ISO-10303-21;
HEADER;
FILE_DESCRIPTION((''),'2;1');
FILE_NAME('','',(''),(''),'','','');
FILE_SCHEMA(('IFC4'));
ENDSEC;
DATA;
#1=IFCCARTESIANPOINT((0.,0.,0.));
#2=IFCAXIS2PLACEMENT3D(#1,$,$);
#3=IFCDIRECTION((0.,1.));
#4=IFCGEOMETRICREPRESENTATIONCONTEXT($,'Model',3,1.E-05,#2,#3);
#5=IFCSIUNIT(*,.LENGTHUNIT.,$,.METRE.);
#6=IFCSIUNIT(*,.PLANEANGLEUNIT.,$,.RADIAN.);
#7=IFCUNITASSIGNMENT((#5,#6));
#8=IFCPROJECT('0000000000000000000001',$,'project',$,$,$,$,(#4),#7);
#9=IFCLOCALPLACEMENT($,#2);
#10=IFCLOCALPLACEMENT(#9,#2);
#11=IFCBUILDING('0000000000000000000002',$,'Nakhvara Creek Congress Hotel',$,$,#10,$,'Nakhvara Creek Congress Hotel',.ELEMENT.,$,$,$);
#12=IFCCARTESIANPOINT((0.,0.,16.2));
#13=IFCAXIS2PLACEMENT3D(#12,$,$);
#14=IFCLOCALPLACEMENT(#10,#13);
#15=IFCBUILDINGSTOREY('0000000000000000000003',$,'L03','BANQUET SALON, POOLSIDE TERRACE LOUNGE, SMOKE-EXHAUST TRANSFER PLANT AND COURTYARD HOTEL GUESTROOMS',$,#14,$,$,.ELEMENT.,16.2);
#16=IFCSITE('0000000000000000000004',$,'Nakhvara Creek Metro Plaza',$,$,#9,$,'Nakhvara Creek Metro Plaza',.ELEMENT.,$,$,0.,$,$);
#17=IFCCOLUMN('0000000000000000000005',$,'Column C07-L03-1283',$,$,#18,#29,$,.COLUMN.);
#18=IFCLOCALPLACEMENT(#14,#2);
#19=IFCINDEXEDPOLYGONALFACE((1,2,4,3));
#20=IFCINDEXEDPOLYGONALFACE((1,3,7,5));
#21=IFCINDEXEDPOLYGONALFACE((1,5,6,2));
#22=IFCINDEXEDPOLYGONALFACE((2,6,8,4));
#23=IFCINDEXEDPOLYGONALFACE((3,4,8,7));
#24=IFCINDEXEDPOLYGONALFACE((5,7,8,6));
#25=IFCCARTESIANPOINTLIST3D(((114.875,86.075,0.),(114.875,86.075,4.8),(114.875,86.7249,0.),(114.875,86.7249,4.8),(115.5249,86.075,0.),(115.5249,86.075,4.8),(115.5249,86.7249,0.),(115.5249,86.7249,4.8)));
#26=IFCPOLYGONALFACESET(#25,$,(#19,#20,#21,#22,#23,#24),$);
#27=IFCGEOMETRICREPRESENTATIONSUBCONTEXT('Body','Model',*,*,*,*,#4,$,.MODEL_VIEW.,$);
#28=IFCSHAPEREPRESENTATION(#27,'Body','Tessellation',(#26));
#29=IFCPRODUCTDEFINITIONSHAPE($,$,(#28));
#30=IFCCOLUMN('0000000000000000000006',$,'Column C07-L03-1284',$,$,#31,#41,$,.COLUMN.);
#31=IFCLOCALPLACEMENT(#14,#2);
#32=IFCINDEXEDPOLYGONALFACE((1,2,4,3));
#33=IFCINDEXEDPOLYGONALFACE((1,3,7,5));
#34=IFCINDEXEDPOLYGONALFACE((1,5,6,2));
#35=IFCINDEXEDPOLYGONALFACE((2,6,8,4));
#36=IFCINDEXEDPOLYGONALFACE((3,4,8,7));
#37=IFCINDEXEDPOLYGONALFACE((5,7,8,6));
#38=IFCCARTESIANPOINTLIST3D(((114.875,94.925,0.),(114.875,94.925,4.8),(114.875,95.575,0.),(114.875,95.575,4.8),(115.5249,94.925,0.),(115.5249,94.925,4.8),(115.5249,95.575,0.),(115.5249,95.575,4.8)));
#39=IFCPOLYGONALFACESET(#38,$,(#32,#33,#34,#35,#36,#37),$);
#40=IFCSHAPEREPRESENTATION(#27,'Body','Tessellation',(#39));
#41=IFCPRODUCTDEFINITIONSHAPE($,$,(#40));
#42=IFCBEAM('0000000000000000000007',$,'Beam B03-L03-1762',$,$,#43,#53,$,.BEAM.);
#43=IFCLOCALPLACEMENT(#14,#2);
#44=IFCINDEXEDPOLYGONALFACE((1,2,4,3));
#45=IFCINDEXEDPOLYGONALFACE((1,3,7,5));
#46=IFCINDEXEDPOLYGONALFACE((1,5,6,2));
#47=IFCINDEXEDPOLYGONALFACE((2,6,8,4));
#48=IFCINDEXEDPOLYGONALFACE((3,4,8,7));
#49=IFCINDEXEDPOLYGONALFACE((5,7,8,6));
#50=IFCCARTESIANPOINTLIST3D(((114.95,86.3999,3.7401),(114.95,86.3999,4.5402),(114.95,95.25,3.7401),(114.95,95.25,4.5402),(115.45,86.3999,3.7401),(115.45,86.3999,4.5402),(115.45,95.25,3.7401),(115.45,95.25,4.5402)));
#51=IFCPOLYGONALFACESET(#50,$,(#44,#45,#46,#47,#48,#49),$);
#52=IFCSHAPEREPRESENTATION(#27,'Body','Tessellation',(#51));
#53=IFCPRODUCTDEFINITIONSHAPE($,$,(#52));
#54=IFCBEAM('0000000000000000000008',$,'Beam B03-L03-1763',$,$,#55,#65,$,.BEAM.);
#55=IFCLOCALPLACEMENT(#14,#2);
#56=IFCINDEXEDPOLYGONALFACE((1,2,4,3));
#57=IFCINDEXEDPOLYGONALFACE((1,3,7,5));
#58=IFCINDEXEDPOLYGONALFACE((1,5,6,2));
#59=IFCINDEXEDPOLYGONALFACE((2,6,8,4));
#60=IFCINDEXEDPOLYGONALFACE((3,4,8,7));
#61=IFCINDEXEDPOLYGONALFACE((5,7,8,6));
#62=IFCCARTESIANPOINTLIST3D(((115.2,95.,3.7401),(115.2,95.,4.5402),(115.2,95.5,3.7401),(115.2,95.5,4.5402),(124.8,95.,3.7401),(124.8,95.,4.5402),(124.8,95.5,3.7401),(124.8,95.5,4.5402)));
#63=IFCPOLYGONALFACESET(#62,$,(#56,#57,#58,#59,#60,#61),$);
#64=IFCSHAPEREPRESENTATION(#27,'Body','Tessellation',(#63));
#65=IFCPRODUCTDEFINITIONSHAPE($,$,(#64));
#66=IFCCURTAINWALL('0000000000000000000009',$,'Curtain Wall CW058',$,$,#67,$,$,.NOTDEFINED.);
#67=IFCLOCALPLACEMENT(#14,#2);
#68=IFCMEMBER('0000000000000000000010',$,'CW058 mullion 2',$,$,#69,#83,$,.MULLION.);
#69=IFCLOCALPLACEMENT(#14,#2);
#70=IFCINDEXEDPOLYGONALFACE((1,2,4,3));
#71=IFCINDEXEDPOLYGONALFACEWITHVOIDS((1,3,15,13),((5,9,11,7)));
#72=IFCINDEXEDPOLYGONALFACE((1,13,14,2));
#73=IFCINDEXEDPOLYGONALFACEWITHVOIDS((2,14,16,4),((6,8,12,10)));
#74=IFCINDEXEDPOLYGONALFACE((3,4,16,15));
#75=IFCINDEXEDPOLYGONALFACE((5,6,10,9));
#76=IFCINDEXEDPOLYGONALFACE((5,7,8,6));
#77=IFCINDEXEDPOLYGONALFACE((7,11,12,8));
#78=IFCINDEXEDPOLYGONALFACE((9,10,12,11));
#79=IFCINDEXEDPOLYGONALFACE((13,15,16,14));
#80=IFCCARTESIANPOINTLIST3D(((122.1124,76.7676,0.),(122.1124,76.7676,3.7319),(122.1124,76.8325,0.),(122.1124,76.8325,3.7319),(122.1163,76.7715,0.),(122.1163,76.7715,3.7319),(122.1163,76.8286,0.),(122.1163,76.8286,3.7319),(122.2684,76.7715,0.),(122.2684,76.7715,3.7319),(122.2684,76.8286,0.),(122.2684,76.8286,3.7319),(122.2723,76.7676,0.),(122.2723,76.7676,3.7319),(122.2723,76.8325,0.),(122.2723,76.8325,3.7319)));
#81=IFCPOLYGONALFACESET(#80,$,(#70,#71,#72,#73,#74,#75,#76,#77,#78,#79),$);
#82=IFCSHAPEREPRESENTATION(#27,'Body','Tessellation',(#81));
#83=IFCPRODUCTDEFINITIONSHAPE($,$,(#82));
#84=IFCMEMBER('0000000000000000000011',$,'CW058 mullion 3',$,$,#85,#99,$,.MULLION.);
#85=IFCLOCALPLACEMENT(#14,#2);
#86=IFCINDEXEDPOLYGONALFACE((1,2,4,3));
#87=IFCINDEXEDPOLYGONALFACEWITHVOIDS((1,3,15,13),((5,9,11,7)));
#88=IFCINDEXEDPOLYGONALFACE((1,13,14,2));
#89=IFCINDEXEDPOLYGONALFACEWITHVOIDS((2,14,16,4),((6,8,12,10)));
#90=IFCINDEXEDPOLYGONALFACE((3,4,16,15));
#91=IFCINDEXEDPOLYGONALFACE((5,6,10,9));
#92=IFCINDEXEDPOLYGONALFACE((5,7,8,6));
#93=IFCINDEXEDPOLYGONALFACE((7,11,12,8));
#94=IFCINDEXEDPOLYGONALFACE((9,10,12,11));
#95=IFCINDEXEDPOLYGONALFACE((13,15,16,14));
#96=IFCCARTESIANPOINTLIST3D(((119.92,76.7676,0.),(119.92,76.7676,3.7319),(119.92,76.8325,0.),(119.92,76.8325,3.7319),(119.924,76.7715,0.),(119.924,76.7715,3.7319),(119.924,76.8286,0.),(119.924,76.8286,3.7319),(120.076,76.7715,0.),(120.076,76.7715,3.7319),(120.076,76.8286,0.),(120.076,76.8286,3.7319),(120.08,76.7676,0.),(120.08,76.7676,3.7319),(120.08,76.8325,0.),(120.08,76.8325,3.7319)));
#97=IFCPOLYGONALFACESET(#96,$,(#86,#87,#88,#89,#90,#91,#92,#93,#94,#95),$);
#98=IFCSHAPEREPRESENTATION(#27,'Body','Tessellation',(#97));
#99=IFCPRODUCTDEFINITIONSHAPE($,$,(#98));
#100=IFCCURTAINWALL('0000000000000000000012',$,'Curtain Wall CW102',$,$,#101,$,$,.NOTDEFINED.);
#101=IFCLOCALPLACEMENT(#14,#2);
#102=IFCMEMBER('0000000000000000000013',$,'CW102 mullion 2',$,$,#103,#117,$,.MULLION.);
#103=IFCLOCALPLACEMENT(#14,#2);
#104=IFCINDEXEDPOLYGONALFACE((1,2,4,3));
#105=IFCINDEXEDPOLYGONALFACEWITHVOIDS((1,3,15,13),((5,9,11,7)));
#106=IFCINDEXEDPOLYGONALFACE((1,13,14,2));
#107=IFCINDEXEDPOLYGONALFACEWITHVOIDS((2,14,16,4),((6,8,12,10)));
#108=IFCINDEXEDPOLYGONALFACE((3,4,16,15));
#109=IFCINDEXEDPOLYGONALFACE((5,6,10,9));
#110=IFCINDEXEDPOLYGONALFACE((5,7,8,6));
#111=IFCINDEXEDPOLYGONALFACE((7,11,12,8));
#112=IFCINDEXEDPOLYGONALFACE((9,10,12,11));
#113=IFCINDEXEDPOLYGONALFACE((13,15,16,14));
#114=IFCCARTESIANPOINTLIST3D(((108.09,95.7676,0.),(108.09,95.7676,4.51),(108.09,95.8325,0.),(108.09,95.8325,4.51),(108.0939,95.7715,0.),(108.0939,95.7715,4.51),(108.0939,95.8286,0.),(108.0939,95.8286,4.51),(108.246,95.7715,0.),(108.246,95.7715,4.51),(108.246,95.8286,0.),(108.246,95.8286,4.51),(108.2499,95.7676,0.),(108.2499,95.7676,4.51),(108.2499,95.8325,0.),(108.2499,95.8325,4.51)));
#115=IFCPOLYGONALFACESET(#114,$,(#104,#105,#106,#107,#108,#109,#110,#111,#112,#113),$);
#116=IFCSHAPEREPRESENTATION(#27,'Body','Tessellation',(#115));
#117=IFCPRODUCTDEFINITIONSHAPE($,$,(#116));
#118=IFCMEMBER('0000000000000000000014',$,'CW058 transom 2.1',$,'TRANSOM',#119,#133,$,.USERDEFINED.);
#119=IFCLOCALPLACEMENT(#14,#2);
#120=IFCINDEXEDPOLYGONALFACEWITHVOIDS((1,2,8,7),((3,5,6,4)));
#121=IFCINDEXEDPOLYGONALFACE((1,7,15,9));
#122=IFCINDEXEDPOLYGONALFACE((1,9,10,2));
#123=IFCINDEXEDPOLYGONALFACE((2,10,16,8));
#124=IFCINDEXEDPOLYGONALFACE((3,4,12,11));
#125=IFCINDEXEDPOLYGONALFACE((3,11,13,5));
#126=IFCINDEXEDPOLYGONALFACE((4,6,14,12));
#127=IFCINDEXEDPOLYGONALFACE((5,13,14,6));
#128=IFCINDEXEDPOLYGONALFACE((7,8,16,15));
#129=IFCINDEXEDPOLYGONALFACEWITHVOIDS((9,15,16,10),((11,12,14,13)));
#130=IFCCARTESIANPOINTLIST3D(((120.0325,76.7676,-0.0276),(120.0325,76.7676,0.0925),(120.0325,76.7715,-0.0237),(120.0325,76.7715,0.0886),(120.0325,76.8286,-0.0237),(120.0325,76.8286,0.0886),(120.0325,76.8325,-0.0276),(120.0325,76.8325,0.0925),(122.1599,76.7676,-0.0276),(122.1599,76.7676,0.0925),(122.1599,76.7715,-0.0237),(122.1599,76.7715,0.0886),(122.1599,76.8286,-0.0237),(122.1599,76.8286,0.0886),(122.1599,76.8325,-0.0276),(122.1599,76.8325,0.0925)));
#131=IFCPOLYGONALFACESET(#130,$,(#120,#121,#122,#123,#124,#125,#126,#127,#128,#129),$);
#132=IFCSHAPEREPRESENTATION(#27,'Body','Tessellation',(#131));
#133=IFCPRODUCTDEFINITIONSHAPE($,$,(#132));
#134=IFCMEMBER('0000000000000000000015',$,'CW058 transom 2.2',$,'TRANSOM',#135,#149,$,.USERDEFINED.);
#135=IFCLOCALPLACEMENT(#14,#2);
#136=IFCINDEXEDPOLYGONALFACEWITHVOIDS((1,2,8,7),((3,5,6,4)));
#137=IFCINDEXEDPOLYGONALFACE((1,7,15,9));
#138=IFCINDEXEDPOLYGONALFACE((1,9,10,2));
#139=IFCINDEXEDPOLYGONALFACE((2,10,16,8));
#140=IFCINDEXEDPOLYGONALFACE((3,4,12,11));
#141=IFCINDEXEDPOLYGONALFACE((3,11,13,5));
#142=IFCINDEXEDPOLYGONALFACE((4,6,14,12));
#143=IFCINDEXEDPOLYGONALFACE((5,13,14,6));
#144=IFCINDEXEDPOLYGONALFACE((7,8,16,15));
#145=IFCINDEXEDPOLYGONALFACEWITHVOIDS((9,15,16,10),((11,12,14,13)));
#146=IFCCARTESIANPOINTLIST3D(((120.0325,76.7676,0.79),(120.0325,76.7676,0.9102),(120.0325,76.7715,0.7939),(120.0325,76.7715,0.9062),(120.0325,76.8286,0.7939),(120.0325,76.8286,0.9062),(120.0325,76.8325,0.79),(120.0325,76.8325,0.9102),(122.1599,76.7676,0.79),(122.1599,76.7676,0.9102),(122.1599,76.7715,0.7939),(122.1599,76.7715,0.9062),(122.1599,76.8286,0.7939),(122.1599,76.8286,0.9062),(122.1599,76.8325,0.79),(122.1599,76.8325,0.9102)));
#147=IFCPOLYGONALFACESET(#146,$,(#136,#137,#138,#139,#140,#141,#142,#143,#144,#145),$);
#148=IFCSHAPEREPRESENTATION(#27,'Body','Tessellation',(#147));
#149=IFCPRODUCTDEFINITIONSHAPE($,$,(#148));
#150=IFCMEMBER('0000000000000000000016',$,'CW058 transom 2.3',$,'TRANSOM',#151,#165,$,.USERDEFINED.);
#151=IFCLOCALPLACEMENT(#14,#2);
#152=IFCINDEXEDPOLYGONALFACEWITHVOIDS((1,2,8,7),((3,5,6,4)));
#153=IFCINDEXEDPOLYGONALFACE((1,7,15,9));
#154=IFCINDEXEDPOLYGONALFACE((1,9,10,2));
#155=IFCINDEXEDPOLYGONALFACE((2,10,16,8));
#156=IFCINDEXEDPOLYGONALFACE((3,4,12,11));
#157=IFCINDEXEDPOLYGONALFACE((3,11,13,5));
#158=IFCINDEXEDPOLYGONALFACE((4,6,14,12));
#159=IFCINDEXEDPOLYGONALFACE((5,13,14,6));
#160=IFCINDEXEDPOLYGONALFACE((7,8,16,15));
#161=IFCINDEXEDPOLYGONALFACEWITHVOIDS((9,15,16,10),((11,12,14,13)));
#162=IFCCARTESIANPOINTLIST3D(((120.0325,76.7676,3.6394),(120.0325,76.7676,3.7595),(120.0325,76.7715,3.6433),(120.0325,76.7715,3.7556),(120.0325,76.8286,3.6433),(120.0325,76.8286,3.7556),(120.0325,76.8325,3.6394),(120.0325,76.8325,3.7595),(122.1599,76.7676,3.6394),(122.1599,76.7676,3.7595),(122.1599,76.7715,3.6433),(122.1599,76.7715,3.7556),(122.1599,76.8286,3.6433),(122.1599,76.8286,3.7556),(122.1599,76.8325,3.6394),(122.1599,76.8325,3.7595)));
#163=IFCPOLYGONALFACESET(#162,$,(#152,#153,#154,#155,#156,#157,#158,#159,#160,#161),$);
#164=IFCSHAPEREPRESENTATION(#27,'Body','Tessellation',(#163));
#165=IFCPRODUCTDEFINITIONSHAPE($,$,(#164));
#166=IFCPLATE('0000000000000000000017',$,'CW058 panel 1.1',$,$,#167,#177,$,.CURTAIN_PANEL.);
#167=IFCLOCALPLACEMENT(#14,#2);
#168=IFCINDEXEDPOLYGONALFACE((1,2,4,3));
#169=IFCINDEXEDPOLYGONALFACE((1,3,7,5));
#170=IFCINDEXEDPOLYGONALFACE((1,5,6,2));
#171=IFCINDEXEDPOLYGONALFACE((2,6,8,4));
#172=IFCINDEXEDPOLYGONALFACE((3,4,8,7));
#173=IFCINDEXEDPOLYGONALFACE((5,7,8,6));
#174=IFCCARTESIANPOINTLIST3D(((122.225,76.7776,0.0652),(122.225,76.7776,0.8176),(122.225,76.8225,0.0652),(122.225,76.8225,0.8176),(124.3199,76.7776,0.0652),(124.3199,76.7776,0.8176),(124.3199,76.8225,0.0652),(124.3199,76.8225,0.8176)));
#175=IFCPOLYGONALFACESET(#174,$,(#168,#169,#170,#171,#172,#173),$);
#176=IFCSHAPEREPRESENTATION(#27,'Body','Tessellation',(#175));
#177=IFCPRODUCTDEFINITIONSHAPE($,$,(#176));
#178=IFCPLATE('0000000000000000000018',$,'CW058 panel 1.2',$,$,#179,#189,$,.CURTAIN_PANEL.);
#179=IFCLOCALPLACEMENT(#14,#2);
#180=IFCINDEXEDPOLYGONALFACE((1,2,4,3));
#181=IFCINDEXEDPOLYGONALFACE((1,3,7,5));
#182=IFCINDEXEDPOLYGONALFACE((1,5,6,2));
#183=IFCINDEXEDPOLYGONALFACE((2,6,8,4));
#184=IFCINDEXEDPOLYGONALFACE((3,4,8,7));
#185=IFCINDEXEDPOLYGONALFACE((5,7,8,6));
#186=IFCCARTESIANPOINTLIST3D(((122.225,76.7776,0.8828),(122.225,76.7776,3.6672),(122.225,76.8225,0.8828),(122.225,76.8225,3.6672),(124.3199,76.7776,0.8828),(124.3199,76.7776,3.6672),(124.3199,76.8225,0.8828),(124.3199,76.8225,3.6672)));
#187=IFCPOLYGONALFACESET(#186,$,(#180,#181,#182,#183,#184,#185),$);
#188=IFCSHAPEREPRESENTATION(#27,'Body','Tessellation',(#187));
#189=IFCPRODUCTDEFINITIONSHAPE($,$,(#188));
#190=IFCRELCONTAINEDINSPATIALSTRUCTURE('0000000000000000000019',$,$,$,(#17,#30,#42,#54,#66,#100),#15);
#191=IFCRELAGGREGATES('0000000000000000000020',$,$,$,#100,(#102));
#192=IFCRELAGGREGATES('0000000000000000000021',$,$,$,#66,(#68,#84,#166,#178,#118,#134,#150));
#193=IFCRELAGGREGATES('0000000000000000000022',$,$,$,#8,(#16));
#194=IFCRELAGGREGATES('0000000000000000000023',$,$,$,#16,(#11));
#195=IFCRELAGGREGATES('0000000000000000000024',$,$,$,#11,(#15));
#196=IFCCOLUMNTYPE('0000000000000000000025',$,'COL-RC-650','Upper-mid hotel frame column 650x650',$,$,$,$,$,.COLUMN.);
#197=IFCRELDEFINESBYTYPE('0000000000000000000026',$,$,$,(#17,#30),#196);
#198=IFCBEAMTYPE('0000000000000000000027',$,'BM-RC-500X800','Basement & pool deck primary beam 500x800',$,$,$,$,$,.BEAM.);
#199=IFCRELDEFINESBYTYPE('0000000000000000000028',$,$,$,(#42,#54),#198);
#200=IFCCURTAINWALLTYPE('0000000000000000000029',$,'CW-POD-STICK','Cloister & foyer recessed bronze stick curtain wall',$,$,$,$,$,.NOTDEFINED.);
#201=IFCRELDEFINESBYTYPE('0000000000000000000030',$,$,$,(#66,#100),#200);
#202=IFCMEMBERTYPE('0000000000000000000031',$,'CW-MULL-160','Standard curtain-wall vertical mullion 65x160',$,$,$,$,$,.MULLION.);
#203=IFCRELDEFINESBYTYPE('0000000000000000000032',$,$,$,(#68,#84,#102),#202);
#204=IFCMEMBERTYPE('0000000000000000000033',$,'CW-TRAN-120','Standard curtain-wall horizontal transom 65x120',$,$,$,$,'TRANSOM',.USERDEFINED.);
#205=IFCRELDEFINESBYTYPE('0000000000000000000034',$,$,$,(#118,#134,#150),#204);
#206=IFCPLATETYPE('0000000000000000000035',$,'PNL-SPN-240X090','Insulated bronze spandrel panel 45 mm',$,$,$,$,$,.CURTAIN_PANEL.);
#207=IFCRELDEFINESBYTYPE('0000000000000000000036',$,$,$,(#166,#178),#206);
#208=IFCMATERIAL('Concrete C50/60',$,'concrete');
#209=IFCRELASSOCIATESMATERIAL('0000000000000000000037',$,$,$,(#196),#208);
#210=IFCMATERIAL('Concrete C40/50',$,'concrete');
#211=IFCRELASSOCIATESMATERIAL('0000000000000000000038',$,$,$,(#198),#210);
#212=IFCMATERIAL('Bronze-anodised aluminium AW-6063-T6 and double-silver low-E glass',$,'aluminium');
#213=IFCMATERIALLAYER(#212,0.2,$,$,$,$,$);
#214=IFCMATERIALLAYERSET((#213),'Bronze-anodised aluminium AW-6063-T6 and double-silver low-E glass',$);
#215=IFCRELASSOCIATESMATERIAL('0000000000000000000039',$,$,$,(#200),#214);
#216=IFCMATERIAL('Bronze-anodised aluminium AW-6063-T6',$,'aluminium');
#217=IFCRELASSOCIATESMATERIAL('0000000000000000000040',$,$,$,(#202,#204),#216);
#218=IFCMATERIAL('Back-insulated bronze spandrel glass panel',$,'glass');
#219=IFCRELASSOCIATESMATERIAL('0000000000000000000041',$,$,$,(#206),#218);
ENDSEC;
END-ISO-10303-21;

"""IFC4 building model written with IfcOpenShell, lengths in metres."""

from ifc_helpers import new_model, si_unit, direction, frame, origin, origin_2d, place, context, subcontext, project, spatial, rectangle, hollow_rectangle, extrude, material, layer, layer_set, material_profile, profile_set, type_object, element, aggregate, save


model = new_model("IFC4")

# Units and contexts
model_context = context("Model", 3, precision=1e-05, world=origin(), true_north=direction((0.0, 1.0)))
body_context = subcontext(model_context, "Body", "Model", "MODEL_VIEW")
ifc_project = project(units=[si_unit("LENGTHUNIT", "METRE"), si_unit("PLANEANGLEUNIT", "RADIAN")], contexts=[model_context])

# Site, building, storey
site_placement = place(None, origin())
site = spatial("IfcSite", under=ifc_project, at=site_placement, Name="Nakhvara Creek Metro Plaza", LongName="Nakhvara Creek Metro Plaza", CompositionType="ELEMENT", RefElevation=0.0)
building_placement = place(site_placement, origin())
building = spatial("IfcBuilding", under=site, at=building_placement, Name="Nakhvara Creek Congress Hotel", LongName="Nakhvara Creek Congress Hotel", CompositionType="ELEMENT")
storey_placement = place(building_placement, frame((0.0, 0.0, 16.2)))
storey = spatial("IfcBuildingStorey", under=building, at=storey_placement, Name="L03", Description="BANQUET SALON, POOLSIDE TERRACE LOUNGE, SMOKE-EXHAUST TRANSFER PLANT AND COURTYARD HOTEL GUESTROOMS", CompositionType="ELEMENT", Elevation=16.2)

# Columns
ifc_material_1 = material(Name="Concrete C50/60", Category="concrete")
ifc_material_profile_1 = material_profile(ifc_material_1, rectangle(XDim=0.6499, YDim=0.6499, at=origin_2d()), Name="RC-COL 650x650", Category="LoadBearing")
ifc_profile_set_1 = profile_set([ifc_material_profile_1], Name="Concrete C50/60")
column_type = type_object("IfcColumnType", Name="COL-RC-650", Description="Upper-mid hotel frame column 650x650", PredefinedType="COLUMN", material=ifc_profile_set_1)
for number, where, z_axis, x_axis, name in (
    (1, (115.2, 86.3999, 0.0), (0.0, 0.0, 1.0), (1.0, 0.0, 0.0), "Column C07-L03-1283"),
    (2, (115.2, 95.25, 0.0), (0.0, 0.0, 1.0), (1.0, 0.0, 0.0), "Column C07-L03-1284"),
):
    element("IfcColumn", number, at=place(storey_placement, frame(where, z_axis=z_axis, x_axis=x_axis)), inside=storey, type_object=column_type, Name=name, PredefinedType="COLUMN", context=body_context, shape_type="SweptSolid", body=[
        extrude(rectangle(XDim=0.6499, YDim=0.6499, at=origin_2d()), origin(), (0.0, 0.0, 1.0), 4.8),
    ])

# Beams
ifc_material_2 = material(Name="Concrete C40/50", Category="concrete")
ifc_material_profile_2 = material_profile(ifc_material_2, rectangle(XDim=0.5, YDim=0.8, at=origin_2d()), Name="RC-BM 500x800", Category="LoadBearing")
ifc_profile_set_2 = profile_set([ifc_material_profile_2], Name="Concrete C40/50")
beam_type = type_object("IfcBeamType", Name="BM-RC-500X800", Description="Basement & pool deck primary beam 500x800", PredefinedType="BEAM", material=ifc_profile_set_2)
beam_1_placement = place(storey_placement, frame((115.2, 86.3999, 4.1401), z_axis=(0.0, 1.0, 0.0), x_axis=(-1.0, 0.0, 0.0)))
element("IfcBeam", 3, at=beam_1_placement, inside=storey, type_object=beam_type, Name="Beam B03-L03-1762", PredefinedType="BEAM", context=body_context, shape_type="SweptSolid", body=[
    extrude(rectangle(XDim=0.5, YDim=0.8, at=origin_2d()), origin(), (0.0, 0.0, 1.0), 8.8501),
])
beam_2_placement = place(storey_placement, frame((115.2, 95.25, 4.1401), z_axis=(1.0, 0.0, 0.0), x_axis=(0.0, 1.0, 0.0)))
element("IfcBeam", 4, at=beam_2_placement, inside=storey, type_object=beam_type, Name="Beam B03-L03-1763", PredefinedType="BEAM", context=body_context, shape_type="SweptSolid", body=[
    extrude(rectangle(XDim=0.5, YDim=0.8, at=origin_2d()), origin(), (0.0, 0.0, 1.0), 9.6001),
])

# Curtain wall, members
ifc_material_3 = material(Name="Bronze-anodised aluminium AW-6063-T6 and double-silver low-E glass", Category="aluminium")
ifc_layer_1 = layer(ifc_material_3, 0.2)
ifc_layer_set_1 = layer_set([ifc_layer_1], Name="Bronze-anodised aluminium AW-6063-T6 and double-silver low-E glass")
curtain_wall_type = type_object("IfcCurtainWallType", Name="CW-POD-STICK", Description="Cloister & foyer recessed bronze stick curtain wall", PredefinedType="NOTDEFINED", material=ifc_layer_set_1)
curtain_wall_1_placement = place(storey_placement, origin())
curtain_wall_1 = element("IfcCurtainWall", 5, at=curtain_wall_1_placement, inside=storey, type_object=curtain_wall_type, Name="Curtain Wall CW058", PredefinedType="NOTDEFINED")
ifc_material_4 = material(Name="Bronze-anodised aluminium AW-6063-T6", Category="aluminium")
ifc_material_profile_3 = material_profile(ifc_material_4, hollow_rectangle(XDim=0.0649, YDim=0.1599, WallThickness=0.0039, at=origin_2d()), Name="ALU-MULL 65x160x4", Category="LoadBearing")
ifc_profile_set_3 = profile_set([ifc_material_profile_3], Name="Bronze-anodised aluminium AW-6063-T6")
member_type_1 = type_object("IfcMemberType", Name="CW-MULL-160", Description="Standard curtain-wall vertical mullion 65x160", PredefinedType="MULLION", material=ifc_profile_set_3)
member_1_placement = place(storey_placement, frame((122.1924, 76.8, 0.0), z_axis=(0.0, 0.0, 1.0), x_axis=(0.0, -1.0, 0.0)))
member_1 = element("IfcMember", 6, at=member_1_placement, type_object=member_type_1, Name="CW058 mullion 2", PredefinedType="MULLION", context=body_context, shape_type="SweptSolid", body=[
    extrude(hollow_rectangle(XDim=0.0649, YDim=0.1599, WallThickness=0.0039, at=origin_2d()), origin(), (0.0, 0.0, 1.0), 3.7319),
])
member_2_placement = place(storey_placement, frame((120.0, 76.8, 0.0), z_axis=(0.0, 0.0, 1.0), x_axis=(0.0, -1.0, 0.0)))
member_2 = element("IfcMember", 7, at=member_2_placement, type_object=member_type_1, Name="CW058 mullion 3", PredefinedType="MULLION", context=body_context, shape_type="SweptSolid", body=[
    extrude(hollow_rectangle(XDim=0.0649, YDim=0.1599, WallThickness=0.0039, at=origin_2d()), origin(), (0.0, 0.0, 1.0), 3.7319),
])

# Curtain wall, member
curtain_wall_2_placement = place(storey_placement, origin())
curtain_wall_2 = element("IfcCurtainWall", 8, at=curtain_wall_2_placement, inside=storey, type_object=curtain_wall_type, Name="Curtain Wall CW102", PredefinedType="NOTDEFINED")
member_3_placement = place(storey_placement, frame((108.1699, 95.8, 0.0), z_axis=(0.0, 0.0, 1.0), x_axis=(0.0, 1.0, 0.0)))
member_3 = element("IfcMember", 9, at=member_3_placement, type_object=member_type_1, Name="CW102 mullion 2", PredefinedType="MULLION", context=body_context, shape_type="SweptSolid", body=[
    extrude(hollow_rectangle(XDim=0.0649, YDim=0.1599, WallThickness=0.0039, at=origin_2d()), origin(), (0.0, 0.0, 1.0), 4.51),
])
aggregate(curtain_wall_2, [member_3])

# Members
ifc_material_profile_4 = material_profile(ifc_material_4, hollow_rectangle(XDim=0.0649, YDim=0.1201, WallThickness=0.0039, at=origin_2d()), Name="ALU-TRAN 65x120x4", Category="LoadBearing")
ifc_profile_set_4 = profile_set([ifc_material_profile_4], Name="Bronze-anodised aluminium AW-6063-T6")
member_type_2 = type_object("IfcMemberType", Name="CW-TRAN-120", Description="Standard curtain-wall horizontal transom 65x120", ElementType="TRANSOM", PredefinedType="USERDEFINED", material=ifc_profile_set_4)
member_4_placement = place(storey_placement, frame((122.1599, 76.8, 0.0325), z_axis=(-1.0, 0.0, 0.0), x_axis=(0.0, -1.0, 0.0)))
member_4 = element("IfcMember", 10, at=member_4_placement, type_object=member_type_2, Name="CW058 transom 2.1", ObjectType="TRANSOM", PredefinedType="USERDEFINED", context=body_context, shape_type="SweptSolid", body=[
    extrude(hollow_rectangle(XDim=0.0649, YDim=0.1201, WallThickness=0.0039, at=origin_2d()), origin(), (0.0, 0.0, 1.0), 2.1274),
])
member_5_placement = place(storey_placement, frame((122.1599, 76.8, 0.8501), z_axis=(-1.0, 0.0, 0.0), x_axis=(0.0, -1.0, 0.0)))
member_5 = element("IfcMember", 11, at=member_5_placement, type_object=member_type_2, Name="CW058 transom 2.2", ObjectType="TRANSOM", PredefinedType="USERDEFINED", context=body_context, shape_type="SweptSolid", body=[
    extrude(hollow_rectangle(XDim=0.0649, YDim=0.1201, WallThickness=0.0039, at=origin_2d()), origin(), (0.0, 0.0, 1.0), 2.1274),
])
member_6_placement = place(storey_placement, frame((122.1599, 76.8, 3.6995), z_axis=(-1.0, 0.0, 0.0), x_axis=(0.0, -1.0, 0.0)))
member_6 = element("IfcMember", 12, at=member_6_placement, type_object=member_type_2, Name="CW058 transom 2.3", ObjectType="TRANSOM", PredefinedType="USERDEFINED", context=body_context, shape_type="SweptSolid", body=[
    extrude(hollow_rectangle(XDim=0.0649, YDim=0.1201, WallThickness=0.0039, at=origin_2d()), origin(), (0.0, 0.0, 1.0), 2.1274),
])

# Plates
ifc_material_5 = material(Name="Back-insulated bronze spandrel glass panel", Category="glass")
plate_type = type_object("IfcPlateType", Name="PNL-SPN-240X090", Description="Insulated bronze spandrel panel 45 mm", PredefinedType="CURTAIN_PANEL", material=ifc_material_5)
plate_1_placement = place(storey_placement, frame((123.2725, 76.8, 0.0652), z_axis=(0.0, 0.0, 1.0), x_axis=(-1.0, 0.0, 0.0)))
plate_1 = element("IfcPlate", 13, at=plate_1_placement, type_object=plate_type, Name="CW058 panel 1.1", PredefinedType="CURTAIN_PANEL", context=body_context, shape_type="SweptSolid", body=[
    extrude(rectangle(XDim=2.095, YDim=0.0449, at=origin_2d()), origin(), (0.0, 0.0, 1.0), 0.7524),
])
plate_2_placement = place(storey_placement, frame((123.2725, 76.8, 0.8828), z_axis=(0.0, 0.0, 1.0), x_axis=(-1.0, 0.0, 0.0)))
plate_2 = element("IfcPlate", 14, at=plate_2_placement, type_object=plate_type, Name="CW058 panel 1.2", PredefinedType="CURTAIN_PANEL", context=body_context, shape_type="SweptSolid", body=[
    extrude(rectangle(XDim=2.095, YDim=0.0449, at=origin_2d()), origin(), (0.0, 0.0, 1.0), 2.7844),
])
aggregate(curtain_wall_1, [member_1, member_2, plate_1, plate_2, member_4, member_5, member_6])

save(model, "model.ifc")
